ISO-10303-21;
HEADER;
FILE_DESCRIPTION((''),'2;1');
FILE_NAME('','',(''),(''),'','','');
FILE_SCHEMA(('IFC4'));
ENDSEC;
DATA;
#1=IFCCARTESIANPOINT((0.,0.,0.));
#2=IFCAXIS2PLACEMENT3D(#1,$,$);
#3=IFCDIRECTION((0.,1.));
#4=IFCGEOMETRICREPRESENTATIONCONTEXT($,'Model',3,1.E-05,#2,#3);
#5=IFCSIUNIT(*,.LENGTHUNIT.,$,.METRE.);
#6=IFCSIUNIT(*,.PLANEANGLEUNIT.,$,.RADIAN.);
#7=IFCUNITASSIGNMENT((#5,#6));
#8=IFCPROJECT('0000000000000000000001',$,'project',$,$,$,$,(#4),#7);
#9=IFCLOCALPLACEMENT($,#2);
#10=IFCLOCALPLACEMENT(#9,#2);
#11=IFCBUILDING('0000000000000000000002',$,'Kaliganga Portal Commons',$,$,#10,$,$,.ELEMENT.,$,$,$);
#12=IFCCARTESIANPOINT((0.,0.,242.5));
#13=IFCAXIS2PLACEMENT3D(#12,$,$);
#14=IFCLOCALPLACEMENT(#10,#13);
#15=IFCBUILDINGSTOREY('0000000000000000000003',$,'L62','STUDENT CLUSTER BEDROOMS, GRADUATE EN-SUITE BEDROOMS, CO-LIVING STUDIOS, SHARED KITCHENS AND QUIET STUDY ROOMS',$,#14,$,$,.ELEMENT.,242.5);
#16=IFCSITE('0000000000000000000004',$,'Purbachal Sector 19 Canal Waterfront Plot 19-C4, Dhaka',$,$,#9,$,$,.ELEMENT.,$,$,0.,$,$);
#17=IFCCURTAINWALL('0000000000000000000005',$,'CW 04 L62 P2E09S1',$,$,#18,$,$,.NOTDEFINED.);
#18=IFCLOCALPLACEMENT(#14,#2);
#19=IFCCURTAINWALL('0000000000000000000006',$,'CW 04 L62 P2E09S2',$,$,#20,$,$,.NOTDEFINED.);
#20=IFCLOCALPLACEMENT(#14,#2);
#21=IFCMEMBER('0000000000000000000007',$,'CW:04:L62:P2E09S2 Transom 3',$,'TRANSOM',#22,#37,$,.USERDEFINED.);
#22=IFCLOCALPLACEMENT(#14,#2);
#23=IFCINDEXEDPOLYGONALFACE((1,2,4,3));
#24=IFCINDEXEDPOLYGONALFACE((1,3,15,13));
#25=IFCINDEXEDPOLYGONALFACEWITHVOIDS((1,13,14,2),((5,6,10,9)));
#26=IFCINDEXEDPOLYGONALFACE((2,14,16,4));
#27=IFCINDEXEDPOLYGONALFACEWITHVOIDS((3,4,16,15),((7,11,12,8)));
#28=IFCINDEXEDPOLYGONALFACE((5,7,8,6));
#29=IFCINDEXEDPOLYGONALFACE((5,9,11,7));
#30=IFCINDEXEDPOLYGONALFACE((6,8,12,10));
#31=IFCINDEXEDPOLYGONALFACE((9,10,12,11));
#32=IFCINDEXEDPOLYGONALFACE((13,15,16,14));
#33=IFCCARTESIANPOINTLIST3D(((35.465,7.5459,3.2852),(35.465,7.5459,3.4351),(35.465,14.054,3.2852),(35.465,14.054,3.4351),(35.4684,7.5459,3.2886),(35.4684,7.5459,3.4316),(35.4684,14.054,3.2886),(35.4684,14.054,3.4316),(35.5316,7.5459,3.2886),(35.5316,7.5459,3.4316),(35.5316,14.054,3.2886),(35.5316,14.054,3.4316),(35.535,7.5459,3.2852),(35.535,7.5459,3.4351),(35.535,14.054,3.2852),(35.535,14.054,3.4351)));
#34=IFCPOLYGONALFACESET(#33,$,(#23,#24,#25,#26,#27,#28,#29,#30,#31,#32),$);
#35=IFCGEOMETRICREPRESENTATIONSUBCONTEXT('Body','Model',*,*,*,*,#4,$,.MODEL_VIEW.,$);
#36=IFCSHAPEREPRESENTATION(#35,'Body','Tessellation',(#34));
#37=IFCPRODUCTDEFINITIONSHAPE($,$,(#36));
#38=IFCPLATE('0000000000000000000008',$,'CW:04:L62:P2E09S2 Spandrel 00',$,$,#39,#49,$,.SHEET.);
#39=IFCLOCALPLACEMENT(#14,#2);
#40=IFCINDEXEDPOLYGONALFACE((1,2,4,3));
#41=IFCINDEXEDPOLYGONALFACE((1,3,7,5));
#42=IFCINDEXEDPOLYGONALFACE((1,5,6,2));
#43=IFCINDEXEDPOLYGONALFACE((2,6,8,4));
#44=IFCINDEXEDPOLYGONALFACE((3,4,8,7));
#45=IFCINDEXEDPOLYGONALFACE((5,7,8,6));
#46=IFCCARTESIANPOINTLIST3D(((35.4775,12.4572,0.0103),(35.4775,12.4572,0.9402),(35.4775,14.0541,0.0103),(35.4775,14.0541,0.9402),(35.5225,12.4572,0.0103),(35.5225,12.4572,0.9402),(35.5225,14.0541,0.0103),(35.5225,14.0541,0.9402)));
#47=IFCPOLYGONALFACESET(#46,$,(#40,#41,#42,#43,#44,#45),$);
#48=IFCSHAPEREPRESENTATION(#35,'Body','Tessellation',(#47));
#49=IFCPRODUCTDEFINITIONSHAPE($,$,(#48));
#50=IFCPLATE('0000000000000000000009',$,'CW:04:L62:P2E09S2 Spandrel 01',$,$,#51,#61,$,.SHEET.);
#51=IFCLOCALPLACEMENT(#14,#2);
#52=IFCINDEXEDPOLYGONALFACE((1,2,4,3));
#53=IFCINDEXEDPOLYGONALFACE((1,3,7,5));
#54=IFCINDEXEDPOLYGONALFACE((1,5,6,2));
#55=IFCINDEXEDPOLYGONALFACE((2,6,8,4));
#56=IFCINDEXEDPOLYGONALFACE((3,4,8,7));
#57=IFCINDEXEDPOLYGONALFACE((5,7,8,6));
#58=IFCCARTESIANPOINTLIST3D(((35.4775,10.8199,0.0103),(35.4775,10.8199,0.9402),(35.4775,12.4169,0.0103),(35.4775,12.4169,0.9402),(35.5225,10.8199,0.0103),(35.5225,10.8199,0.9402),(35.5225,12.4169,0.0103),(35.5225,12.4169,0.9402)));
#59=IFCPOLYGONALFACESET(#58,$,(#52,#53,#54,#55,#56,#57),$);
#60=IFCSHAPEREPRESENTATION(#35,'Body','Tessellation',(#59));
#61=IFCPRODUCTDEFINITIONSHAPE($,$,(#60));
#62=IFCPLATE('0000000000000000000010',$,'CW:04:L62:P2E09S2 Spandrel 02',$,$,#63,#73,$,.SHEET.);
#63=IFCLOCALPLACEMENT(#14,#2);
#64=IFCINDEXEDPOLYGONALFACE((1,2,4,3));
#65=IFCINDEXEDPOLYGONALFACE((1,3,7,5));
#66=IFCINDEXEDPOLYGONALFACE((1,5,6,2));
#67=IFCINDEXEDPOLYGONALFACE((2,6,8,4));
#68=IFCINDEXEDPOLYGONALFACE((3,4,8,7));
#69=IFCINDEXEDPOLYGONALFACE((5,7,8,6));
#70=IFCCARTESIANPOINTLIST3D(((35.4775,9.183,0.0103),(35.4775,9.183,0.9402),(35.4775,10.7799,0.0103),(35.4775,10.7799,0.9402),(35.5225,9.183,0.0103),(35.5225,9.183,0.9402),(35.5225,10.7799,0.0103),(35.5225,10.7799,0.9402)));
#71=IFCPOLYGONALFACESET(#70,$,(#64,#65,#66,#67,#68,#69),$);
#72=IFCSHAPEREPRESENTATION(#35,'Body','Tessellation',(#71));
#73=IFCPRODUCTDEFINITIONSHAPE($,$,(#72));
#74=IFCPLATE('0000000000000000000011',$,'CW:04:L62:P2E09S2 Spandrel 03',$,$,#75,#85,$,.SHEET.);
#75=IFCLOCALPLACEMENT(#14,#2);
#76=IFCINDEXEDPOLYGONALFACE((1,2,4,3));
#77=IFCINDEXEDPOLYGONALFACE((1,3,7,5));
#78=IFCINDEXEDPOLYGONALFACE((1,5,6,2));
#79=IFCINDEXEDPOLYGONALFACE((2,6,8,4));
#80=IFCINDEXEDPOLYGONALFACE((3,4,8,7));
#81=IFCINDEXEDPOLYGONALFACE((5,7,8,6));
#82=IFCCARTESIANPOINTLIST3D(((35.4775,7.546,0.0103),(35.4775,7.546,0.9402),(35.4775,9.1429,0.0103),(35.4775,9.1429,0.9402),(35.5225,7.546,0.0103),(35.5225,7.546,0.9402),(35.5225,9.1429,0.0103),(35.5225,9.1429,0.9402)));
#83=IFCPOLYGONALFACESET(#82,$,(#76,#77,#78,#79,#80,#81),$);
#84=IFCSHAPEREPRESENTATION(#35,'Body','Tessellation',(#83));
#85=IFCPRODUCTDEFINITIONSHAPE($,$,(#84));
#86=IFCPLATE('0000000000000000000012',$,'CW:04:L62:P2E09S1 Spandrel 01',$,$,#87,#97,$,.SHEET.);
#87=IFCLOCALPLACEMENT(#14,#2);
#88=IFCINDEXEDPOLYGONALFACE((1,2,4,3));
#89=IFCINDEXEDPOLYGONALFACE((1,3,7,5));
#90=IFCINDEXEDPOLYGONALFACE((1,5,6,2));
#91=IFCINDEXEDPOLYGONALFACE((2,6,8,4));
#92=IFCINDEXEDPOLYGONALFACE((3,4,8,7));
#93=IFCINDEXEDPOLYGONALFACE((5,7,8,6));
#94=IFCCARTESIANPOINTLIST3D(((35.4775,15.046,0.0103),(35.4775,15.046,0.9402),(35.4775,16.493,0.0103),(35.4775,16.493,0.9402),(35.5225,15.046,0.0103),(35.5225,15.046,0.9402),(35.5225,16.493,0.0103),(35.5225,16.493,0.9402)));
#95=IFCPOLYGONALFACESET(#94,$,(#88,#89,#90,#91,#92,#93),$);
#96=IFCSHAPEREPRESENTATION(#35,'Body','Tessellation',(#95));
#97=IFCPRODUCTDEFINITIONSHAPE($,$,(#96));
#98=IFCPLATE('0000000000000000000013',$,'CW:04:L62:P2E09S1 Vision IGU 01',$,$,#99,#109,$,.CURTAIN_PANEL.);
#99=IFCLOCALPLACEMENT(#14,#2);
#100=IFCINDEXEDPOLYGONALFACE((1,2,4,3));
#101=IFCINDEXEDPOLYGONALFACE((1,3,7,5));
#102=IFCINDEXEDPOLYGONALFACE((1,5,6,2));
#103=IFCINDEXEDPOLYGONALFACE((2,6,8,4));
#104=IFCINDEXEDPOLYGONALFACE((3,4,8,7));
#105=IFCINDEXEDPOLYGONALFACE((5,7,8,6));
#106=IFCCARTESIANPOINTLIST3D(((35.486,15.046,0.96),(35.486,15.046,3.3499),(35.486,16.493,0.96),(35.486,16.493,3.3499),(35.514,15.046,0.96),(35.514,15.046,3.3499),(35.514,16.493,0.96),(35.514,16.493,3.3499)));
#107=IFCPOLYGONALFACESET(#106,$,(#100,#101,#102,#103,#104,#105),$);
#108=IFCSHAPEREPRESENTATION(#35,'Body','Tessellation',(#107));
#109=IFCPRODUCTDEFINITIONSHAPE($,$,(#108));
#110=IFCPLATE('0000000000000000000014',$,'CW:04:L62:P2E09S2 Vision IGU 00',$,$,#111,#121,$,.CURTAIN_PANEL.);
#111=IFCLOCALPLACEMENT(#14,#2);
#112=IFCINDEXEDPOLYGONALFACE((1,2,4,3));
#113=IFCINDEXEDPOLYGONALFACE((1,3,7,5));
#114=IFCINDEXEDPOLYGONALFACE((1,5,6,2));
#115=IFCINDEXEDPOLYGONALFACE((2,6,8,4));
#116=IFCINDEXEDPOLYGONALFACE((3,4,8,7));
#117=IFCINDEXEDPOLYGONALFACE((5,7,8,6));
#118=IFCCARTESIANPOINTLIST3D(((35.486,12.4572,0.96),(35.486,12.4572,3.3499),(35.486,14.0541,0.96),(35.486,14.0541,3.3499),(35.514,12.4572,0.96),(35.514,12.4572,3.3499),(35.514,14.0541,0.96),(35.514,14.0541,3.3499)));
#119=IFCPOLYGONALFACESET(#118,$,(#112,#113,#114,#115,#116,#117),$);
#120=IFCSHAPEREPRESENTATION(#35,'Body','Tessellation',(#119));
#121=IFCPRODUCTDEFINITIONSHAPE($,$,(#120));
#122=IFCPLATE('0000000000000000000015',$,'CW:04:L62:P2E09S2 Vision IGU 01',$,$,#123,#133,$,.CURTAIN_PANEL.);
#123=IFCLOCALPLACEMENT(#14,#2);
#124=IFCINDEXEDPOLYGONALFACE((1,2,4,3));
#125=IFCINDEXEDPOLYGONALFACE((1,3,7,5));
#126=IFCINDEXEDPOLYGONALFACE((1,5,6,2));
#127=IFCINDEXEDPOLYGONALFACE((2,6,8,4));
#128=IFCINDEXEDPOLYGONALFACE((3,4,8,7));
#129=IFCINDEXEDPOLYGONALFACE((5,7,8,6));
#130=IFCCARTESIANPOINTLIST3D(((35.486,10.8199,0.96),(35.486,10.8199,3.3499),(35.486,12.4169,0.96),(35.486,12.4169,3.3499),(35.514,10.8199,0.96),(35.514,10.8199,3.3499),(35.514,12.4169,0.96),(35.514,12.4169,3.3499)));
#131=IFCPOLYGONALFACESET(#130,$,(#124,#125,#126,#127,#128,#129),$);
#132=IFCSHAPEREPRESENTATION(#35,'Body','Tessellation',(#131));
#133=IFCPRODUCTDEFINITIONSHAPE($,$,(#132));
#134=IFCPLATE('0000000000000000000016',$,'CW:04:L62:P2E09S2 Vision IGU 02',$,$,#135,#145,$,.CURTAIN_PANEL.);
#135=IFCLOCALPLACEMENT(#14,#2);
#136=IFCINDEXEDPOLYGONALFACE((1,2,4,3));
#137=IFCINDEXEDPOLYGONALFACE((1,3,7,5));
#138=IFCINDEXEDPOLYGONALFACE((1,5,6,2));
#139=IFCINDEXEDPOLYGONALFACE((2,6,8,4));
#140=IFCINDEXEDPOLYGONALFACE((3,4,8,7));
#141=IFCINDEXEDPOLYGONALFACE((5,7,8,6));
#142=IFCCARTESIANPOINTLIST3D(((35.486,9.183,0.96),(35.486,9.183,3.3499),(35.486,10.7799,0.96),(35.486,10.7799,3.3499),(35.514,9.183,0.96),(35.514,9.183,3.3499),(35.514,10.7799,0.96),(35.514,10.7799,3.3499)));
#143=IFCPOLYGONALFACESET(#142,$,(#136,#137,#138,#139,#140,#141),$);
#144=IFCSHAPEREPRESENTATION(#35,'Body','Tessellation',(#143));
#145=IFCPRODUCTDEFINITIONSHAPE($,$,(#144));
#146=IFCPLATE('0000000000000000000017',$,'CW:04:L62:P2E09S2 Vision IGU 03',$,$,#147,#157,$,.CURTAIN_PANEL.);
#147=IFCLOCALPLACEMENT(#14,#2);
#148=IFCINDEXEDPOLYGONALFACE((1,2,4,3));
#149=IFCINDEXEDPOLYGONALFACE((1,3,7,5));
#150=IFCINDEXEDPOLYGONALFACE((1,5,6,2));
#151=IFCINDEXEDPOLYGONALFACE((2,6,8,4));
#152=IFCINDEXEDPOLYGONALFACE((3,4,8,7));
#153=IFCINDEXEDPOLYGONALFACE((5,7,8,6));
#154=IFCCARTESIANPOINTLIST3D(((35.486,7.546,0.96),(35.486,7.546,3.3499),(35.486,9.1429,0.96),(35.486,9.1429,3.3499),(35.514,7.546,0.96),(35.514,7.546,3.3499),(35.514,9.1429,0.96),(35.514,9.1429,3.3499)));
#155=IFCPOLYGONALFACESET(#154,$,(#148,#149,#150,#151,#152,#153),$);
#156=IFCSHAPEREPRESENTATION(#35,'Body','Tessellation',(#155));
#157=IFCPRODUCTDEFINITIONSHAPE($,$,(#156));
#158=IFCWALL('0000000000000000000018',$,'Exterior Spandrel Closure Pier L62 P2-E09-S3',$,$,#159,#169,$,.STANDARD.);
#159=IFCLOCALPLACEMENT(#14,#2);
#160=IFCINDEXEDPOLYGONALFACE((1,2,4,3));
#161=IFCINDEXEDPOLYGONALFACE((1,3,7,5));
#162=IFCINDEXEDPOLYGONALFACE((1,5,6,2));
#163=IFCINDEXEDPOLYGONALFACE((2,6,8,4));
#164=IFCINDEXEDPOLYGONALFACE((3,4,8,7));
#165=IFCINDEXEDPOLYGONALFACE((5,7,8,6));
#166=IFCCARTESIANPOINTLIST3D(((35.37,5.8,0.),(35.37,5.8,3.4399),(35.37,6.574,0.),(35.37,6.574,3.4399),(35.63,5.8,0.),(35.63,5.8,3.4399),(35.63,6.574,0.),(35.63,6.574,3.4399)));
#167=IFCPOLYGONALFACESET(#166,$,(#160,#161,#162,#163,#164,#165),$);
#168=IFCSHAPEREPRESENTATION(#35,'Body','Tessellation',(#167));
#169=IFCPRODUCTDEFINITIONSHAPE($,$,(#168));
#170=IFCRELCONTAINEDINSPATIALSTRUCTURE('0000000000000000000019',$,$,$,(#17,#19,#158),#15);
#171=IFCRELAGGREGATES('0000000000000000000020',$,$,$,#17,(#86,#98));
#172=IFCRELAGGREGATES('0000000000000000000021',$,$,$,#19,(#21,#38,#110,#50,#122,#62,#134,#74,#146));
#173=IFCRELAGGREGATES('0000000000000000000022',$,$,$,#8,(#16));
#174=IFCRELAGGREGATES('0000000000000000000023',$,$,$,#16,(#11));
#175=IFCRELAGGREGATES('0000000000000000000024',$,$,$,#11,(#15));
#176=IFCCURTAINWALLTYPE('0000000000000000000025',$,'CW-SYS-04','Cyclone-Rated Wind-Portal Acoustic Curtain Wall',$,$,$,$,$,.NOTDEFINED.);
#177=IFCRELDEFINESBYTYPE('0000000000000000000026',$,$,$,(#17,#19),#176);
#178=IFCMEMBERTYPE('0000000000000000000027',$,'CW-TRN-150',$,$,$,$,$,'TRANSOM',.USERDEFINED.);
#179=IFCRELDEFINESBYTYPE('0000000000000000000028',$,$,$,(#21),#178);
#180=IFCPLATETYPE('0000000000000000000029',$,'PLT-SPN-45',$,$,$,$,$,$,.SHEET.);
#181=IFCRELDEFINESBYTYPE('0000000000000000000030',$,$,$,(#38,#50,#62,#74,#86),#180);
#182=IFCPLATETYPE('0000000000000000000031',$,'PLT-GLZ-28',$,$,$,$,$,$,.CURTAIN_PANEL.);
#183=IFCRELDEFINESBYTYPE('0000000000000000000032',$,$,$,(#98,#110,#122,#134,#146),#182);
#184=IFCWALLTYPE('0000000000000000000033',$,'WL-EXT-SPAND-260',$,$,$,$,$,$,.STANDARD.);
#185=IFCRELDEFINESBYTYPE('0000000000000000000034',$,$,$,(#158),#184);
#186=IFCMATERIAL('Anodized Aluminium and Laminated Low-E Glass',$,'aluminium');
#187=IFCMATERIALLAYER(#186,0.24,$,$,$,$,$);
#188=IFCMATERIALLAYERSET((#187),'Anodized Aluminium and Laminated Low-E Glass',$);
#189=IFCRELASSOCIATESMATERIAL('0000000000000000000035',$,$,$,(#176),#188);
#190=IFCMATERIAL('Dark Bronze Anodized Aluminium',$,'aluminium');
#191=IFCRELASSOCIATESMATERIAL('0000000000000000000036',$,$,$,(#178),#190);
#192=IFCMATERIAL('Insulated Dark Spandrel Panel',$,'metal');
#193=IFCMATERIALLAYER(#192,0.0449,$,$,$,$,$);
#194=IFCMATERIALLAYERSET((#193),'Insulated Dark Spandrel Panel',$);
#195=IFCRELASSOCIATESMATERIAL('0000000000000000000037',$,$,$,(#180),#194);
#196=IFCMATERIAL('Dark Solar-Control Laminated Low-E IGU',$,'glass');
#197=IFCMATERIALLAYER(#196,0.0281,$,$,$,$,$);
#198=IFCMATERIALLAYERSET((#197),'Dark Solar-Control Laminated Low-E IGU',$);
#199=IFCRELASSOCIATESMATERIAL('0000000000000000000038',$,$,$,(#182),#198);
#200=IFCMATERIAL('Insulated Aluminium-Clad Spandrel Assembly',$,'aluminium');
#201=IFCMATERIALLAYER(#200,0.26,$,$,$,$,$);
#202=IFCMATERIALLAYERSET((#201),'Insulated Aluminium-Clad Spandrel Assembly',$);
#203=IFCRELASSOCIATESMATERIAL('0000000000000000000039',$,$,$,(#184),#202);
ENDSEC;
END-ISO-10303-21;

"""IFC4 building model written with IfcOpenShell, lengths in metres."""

from ifc_helpers import new_model, si_unit, direction, frame, frame_2d, origin, origin_2d, place, context, subcontext, project, spatial, rectangle, hollow_rectangle, extrude, source, transform, mapped, material, layer, layer_set, material_profile, profile_set, type_object, element, aggregate, save


model = new_model("IFC4")

# Units and contexts
model_context = context("Model", 3, precision=1e-05, world=origin(), true_north=direction((0.0, 1.0)))
body_context = subcontext(model_context, "Body", "Model", "MODEL_VIEW")
ifc_project = project(units=[si_unit("LENGTHUNIT", "METRE"), si_unit("PLANEANGLEUNIT", "RADIAN")], contexts=[model_context])

# Site, building, storey
site_placement = place(None, origin())
site = spatial("IfcSite", under=ifc_project, at=site_placement, Name="Purbachal Sector 19 Canal Waterfront Plot 19-C4, Dhaka", CompositionType="ELEMENT", RefElevation=0.0)
building_placement = place(site_placement, origin())
building = spatial("IfcBuilding", under=site, at=building_placement, Name="Kaliganga Portal Commons", CompositionType="ELEMENT")
storey_placement = place(building_placement, frame((0.0, 0.0, 242.5)))
storey = spatial("IfcBuildingStorey", under=building, at=storey_placement, Name="L62", Description="STUDENT CLUSTER BEDROOMS, GRADUATE EN-SUITE BEDROOMS, CO-LIVING STUDIOS, SHARED KITCHENS AND QUIET STUDY ROOMS", CompositionType="ELEMENT", Elevation=242.5)

# Curtain wall
ifc_material_1 = material(Name="Anodized Aluminium and Laminated Low-E Glass", Category="aluminium")
ifc_layer_1 = layer(ifc_material_1, 0.24)
ifc_layer_set_1 = layer_set([ifc_layer_1], Name="Anodized Aluminium and Laminated Low-E Glass")
curtain_wall_type = type_object("IfcCurtainWallType", Name="CW-SYS-04", Description="Cyclone-Rated Wind-Portal Acoustic Curtain Wall", PredefinedType="NOTDEFINED", material=ifc_layer_set_1)
curtain_wall_1_placement = place(storey_placement, origin())
curtain_wall_1 = element("IfcCurtainWall", 1, at=curtain_wall_1_placement, inside=storey, type_object=curtain_wall_type, Name="CW 04 L62 P2E09S1", PredefinedType="NOTDEFINED")
ifc_material_2 = material(Name="Dark Bronze Anodized Aluminium", Category="aluminium")

# Curtain wall, member, plates
curtain_wall_2_placement = place(storey_placement, origin())
curtain_wall_2 = element("IfcCurtainWall", 2, at=curtain_wall_2_placement, inside=storey, type_object=curtain_wall_type, Name="CW 04 L62 P2E09S2", PredefinedType="NOTDEFINED")
ifc_material_profile_1 = material_profile(ifc_material_2, hollow_rectangle(XDim=0.0701, YDim=0.1499, WallThickness=0.0034, at=origin_2d()), Name="ALU TRAN 70x150x3.5")
ifc_profile_set_1 = profile_set([ifc_material_profile_1], Name="Dark Bronze Anodized Aluminium")
member_type_1 = type_object("IfcMemberType", Name="CW-TRN-150", ElementType="TRANSOM", PredefinedType="USERDEFINED", material=ifc_profile_set_1)
shared_shape_1 = source(origin(), body_context, "Body", "SweptSolid", [
    extrude(hollow_rectangle(XDim=0.0701, YDim=0.1499, WallThickness=0.0034, at=origin_2d()), origin(), (0.0, 0.0, 1.0), 6.5081),
])
member_1_placement = place(storey_placement, frame((35.5, 14.054, 3.3601), z_axis=(0.0, -1.0, 0.0), x_axis=(1.0, 0.0, 0.0)))
member_1 = element("IfcMember", 3, at=member_1_placement, type_object=member_type_1, Name="CW:04:L62:P2E09S2 Transom 3", ObjectType="TRANSOM", PredefinedType="USERDEFINED", context=body_context, shape_type="MappedRepresentation", body=[
    mapped(shared_shape_1, transform((0.0, 0.0, 0.0), x_axis=(1.0, 0.0, 0.0), y_axis=(0.0, 1.0, 0.0), z_axis=(0.0, 0.0, 1.0), scale=1.0)),
])
ifc_material_3 = material(Name="Insulated Dark Spandrel Panel", Category="metal")
ifc_layer_2 = layer(ifc_material_3, 0.0449)
ifc_layer_set_2 = layer_set([ifc_layer_2], Name="Insulated Dark Spandrel Panel")
plate_type_1 = type_object("IfcPlateType", Name="PLT-SPN-45", PredefinedType="SHEET", material=ifc_layer_set_2)
shared_shape_2 = source(origin(), body_context, "Body", "SweptSolid", [
    extrude(rectangle(XDim=1.5969, YDim=0.0449, at=origin_2d()), origin(), (0.0, 0.0, 1.0), 0.9299),
])
plate_1_placement = place(storey_placement, frame((35.5, 13.2556, 0.0103), z_axis=(0.0, 0.0, 1.0), x_axis=(0.0, -1.0, 0.0)))
plate_1 = element("IfcPlate", 4, at=plate_1_placement, type_object=plate_type_1, Name="CW:04:L62:P2E09S2 Spandrel 00", PredefinedType="SHEET", context=body_context, shape_type="MappedRepresentation", body=[
    mapped(shared_shape_2, transform((0.0, 0.0, 0.0), x_axis=(1.0, 0.0, 0.0), y_axis=(0.0, 1.0, 0.0), z_axis=(0.0, 0.0, 1.0), scale=1.0)),
])
plate_2_placement = place(storey_placement, frame((35.5, 11.6184, 0.0103), z_axis=(0.0, 0.0, 1.0), x_axis=(0.0, -1.0, 0.0)))
plate_2 = element("IfcPlate", 5, at=plate_2_placement, type_object=plate_type_1, Name="CW:04:L62:P2E09S2 Spandrel 01", PredefinedType="SHEET", context=body_context, shape_type="MappedRepresentation", body=[
    mapped(shared_shape_2, transform((0.0, 0.0, 0.0), x_axis=(1.0, 0.0, 0.0), y_axis=(0.0, 1.0, 0.0), z_axis=(0.0, 0.0, 1.0), scale=1.0)),
])
plate_3_placement = place(storey_placement, frame((35.5, 9.9814, 0.0103), z_axis=(0.0, 0.0, 1.0), x_axis=(0.0, -1.0, 0.0)))
plate_3 = element("IfcPlate", 6, at=plate_3_placement, type_object=plate_type_1, Name="CW:04:L62:P2E09S2 Spandrel 02", PredefinedType="SHEET", context=body_context, shape_type="MappedRepresentation", body=[
    mapped(shared_shape_2, transform((0.0, 0.0, 0.0), x_axis=(1.0, 0.0, 0.0), y_axis=(0.0, 1.0, 0.0), z_axis=(0.0, 0.0, 1.0), scale=1.0)),
])
plate_4_placement = place(storey_placement, frame((35.5, 8.3445, 0.0103), z_axis=(0.0, 0.0, 1.0), x_axis=(0.0, -1.0, 0.0)))
plate_4 = element("IfcPlate", 7, at=plate_4_placement, type_object=plate_type_1, Name="CW:04:L62:P2E09S2 Spandrel 03", PredefinedType="SHEET", context=body_context, shape_type="MappedRepresentation", body=[
    mapped(shared_shape_2, transform((0.0, 0.0, 0.0), x_axis=(1.0, 0.0, 0.0), y_axis=(0.0, 1.0, 0.0), z_axis=(0.0, 0.0, 1.0), scale=1.0)),
])

# Plates
shared_shape_3 = source(origin(), body_context, "Body", "SweptSolid", [
    extrude(rectangle(XDim=1.447, YDim=0.0449, at=origin_2d()), origin(), (0.0, 0.0, 1.0), 0.9299),
])
plate_5_placement = place(storey_placement, frame((35.5, 15.7695, 0.0103), z_axis=(0.0, 0.0, 1.0), x_axis=(0.0, -1.0, 0.0)))
plate_5 = element("IfcPlate", 8, at=plate_5_placement, type_object=plate_type_1, Name="CW:04:L62:P2E09S1 Spandrel 01", PredefinedType="SHEET", context=body_context, shape_type="MappedRepresentation", body=[
    mapped(shared_shape_3, transform((0.0, 0.0, 0.0), x_axis=(1.0, 0.0, 0.0), y_axis=(0.0, 1.0, 0.0), z_axis=(0.0, 0.0, 1.0), scale=1.0)),
])
ifc_material_4 = material(Name="Dark Solar-Control Laminated Low-E IGU", Category="glass")
ifc_layer_3 = layer(ifc_material_4, 0.0281)
ifc_layer_set_3 = layer_set([ifc_layer_3], Name="Dark Solar-Control Laminated Low-E IGU")
plate_type_2 = type_object("IfcPlateType", Name="PLT-GLZ-28", PredefinedType="CURTAIN_PANEL", material=ifc_layer_set_3)
shared_shape_4 = source(origin(), body_context, "Body", "SweptSolid", [
    extrude(rectangle(XDim=1.447, YDim=0.0281, at=origin_2d()), origin(), (0.0, 0.0, 1.0), 2.3899),
])
plate_6_placement = place(storey_placement, frame((35.5, 15.7695, 0.96), z_axis=(0.0, 0.0, 1.0), x_axis=(0.0, -1.0, 0.0)))
plate_6 = element("IfcPlate", 9, at=plate_6_placement, type_object=plate_type_2, Name="CW:04:L62:P2E09S1 Vision IGU 01", PredefinedType="CURTAIN_PANEL", context=body_context, shape_type="MappedRepresentation", body=[
    mapped(shared_shape_4, transform((0.0, 0.0, 0.0), x_axis=(1.0, 0.0, 0.0), y_axis=(0.0, 1.0, 0.0), z_axis=(0.0, 0.0, 1.0), scale=1.0)),
])
aggregate(curtain_wall_1, [plate_5, plate_6])
shared_shape_5 = source(origin(), body_context, "Body", "SweptSolid", [
    extrude(rectangle(XDim=1.5969, YDim=0.0281, at=origin_2d()), origin(), (0.0, 0.0, 1.0), 2.3899),
])
plate_7_placement = place(storey_placement, frame((35.5, 13.2556, 0.96), z_axis=(0.0, 0.0, 1.0), x_axis=(0.0, -1.0, 0.0)))
plate_7 = element("IfcPlate", 10, at=plate_7_placement, type_object=plate_type_2, Name="CW:04:L62:P2E09S2 Vision IGU 00", PredefinedType="CURTAIN_PANEL", context=body_context, shape_type="MappedRepresentation", body=[
    mapped(shared_shape_5, transform((0.0, 0.0, 0.0), x_axis=(1.0, 0.0, 0.0), y_axis=(0.0, 1.0, 0.0), z_axis=(0.0, 0.0, 1.0), scale=1.0)),
])
plate_8_placement = place(storey_placement, frame((35.5, 11.6184, 0.96), z_axis=(0.0, 0.0, 1.0), x_axis=(0.0, -1.0, 0.0)))
plate_8 = element("IfcPlate", 11, at=plate_8_placement, type_object=plate_type_2, Name="CW:04:L62:P2E09S2 Vision IGU 01", PredefinedType="CURTAIN_PANEL", context=body_context, shape_type="MappedRepresentation", body=[
    mapped(shared_shape_5, transform((0.0, 0.0, 0.0), x_axis=(1.0, 0.0, 0.0), y_axis=(0.0, 1.0, 0.0), z_axis=(0.0, 0.0, 1.0), scale=1.0)),
])
plate_9_placement = place(storey_placement, frame((35.5, 9.9814, 0.96), z_axis=(0.0, 0.0, 1.0), x_axis=(0.0, -1.0, 0.0)))
plate_9 = element("IfcPlate", 12, at=plate_9_placement, type_object=plate_type_2, Name="CW:04:L62:P2E09S2 Vision IGU 02", PredefinedType="CURTAIN_PANEL", context=body_context, shape_type="MappedRepresentation", body=[
    mapped(shared_shape_5, transform((0.0, 0.0, 0.0), x_axis=(1.0, 0.0, 0.0), y_axis=(0.0, 1.0, 0.0), z_axis=(0.0, 0.0, 1.0), scale=1.0)),
])
plate_10_placement = place(storey_placement, frame((35.5, 8.3445, 0.96), z_axis=(0.0, 0.0, 1.0), x_axis=(0.0, -1.0, 0.0)))
plate_10 = element("IfcPlate", 13, at=plate_10_placement, type_object=plate_type_2, Name="CW:04:L62:P2E09S2 Vision IGU 03", PredefinedType="CURTAIN_PANEL", context=body_context, shape_type="MappedRepresentation", body=[
    mapped(shared_shape_5, transform((0.0, 0.0, 0.0), x_axis=(1.0, 0.0, 0.0), y_axis=(0.0, 1.0, 0.0), z_axis=(0.0, 0.0, 1.0), scale=1.0)),
])
aggregate(curtain_wall_2, [member_1, plate_1, plate_7, plate_2, plate_8, plate_3, plate_9, plate_4, plate_10])

# Wall
ifc_material_5 = material(Name="Insulated Aluminium-Clad Spandrel Assembly", Category="aluminium")
ifc_layer_4 = layer(ifc_material_5, 0.26)
ifc_layer_set_4 = layer_set([ifc_layer_4], Name="Insulated Aluminium-Clad Spandrel Assembly")
wall_type_1 = type_object("IfcWallType", Name="WL-EXT-SPAND-260", PredefinedType="STANDARD", material=ifc_layer_set_4)
wall_1_placement = place(storey_placement, frame((35.5, 5.8, 0.0), z_axis=(0.0, 0.0, 1.0), x_axis=(0.0, 1.0, 0.0)))
element("IfcWall", 14, at=wall_1_placement, inside=storey, type_object=wall_type_1, Name="Exterior Spandrel Closure Pier L62 P2-E09-S3", PredefinedType="STANDARD", context=body_context, shape_type="SweptSolid", body=[
    extrude(rectangle(XDim=0.7739, YDim=0.26, at=frame_2d((0.387, 0.0))), origin(), (0.0, 0.0, 1.0), 3.4399),
])

save(model, "model.ifc")
